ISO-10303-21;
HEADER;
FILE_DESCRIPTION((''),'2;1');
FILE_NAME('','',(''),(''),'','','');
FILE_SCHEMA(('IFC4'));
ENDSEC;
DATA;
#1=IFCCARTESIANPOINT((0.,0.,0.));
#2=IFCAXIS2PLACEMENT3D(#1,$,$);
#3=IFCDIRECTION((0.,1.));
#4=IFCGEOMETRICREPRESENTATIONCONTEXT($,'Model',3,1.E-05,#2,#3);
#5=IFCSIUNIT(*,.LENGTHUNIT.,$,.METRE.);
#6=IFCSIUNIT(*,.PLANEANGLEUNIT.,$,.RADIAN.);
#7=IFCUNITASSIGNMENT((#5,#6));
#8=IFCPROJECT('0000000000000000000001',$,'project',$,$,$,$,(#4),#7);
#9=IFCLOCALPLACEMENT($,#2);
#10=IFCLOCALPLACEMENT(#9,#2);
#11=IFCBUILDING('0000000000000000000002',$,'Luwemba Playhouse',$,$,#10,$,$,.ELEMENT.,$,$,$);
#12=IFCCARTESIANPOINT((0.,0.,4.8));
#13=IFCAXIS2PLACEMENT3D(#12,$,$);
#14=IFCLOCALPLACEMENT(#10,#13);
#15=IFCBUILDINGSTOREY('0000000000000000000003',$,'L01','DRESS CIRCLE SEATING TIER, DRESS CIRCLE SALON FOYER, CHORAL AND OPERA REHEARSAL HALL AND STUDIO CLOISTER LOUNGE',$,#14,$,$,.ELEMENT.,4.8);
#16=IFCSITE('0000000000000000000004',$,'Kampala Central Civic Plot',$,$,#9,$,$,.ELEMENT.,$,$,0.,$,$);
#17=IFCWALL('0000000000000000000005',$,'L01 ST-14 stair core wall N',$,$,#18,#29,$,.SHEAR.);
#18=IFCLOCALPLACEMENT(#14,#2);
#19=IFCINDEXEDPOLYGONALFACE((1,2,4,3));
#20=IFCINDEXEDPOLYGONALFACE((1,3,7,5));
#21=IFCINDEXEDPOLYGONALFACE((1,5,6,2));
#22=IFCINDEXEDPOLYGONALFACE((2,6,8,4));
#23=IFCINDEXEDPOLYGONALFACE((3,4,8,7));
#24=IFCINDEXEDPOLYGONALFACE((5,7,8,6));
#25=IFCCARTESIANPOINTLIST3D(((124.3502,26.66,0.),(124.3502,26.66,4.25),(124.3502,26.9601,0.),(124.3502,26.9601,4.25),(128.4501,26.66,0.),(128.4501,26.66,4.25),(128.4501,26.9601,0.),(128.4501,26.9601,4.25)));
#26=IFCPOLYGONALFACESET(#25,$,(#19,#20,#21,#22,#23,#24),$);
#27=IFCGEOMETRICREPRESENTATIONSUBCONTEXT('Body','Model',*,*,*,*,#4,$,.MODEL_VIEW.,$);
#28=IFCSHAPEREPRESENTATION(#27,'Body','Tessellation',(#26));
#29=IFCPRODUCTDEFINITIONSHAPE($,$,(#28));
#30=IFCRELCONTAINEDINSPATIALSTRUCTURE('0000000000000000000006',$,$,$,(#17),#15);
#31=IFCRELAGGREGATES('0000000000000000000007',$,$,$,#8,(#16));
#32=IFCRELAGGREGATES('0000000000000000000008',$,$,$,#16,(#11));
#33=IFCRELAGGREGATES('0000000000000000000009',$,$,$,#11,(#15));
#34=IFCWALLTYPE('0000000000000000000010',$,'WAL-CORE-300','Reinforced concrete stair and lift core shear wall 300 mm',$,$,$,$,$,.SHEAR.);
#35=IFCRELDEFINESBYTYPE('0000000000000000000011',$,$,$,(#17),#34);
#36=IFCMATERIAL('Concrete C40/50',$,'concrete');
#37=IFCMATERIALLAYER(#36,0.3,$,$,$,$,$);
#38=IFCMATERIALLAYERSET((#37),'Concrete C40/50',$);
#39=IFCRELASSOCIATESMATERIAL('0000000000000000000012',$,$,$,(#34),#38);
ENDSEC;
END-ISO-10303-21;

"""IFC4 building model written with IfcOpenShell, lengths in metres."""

from ifc_helpers import new_model, si_unit, direction, frame, frame_2d, origin, place, context, subcontext, project, spatial, rectangle, extrude, material, layer, layer_set, type_object, element, save


model = new_model("IFC4")

# Units and contexts
model_context = context("Model", 3, precision=1e-05, world=origin(), true_north=direction((0.0, 1.0)))
body_context = subcontext(model_context, "Body", "Model", "MODEL_VIEW")
ifc_project = project(units=[si_unit("LENGTHUNIT", "METRE"), si_unit("PLANEANGLEUNIT", "RADIAN")], contexts=[model_context])

# Site, building, storey
site_placement = place(None, origin())
site = spatial("IfcSite", under=ifc_project, at=site_placement, Name="Kampala Central Civic Plot", CompositionType="ELEMENT", RefElevation=0.0)
building_placement = place(site_placement, origin())
building = spatial("IfcBuilding", under=site, at=building_placement, Name="Luwemba Playhouse", CompositionType="ELEMENT")
storey_placement = place(building_placement, frame((0.0, 0.0, 4.8)))
storey = spatial("IfcBuildingStorey", under=building, at=storey_placement, Name="L01", Description="DRESS CIRCLE SEATING TIER, DRESS CIRCLE SALON FOYER, CHORAL AND OPERA REHEARSAL HALL AND STUDIO CLOISTER LOUNGE", CompositionType="ELEMENT", Elevation=4.8)

# Shared definitions
ifc_material_1 = material(Name="Concrete C40/50", Category="concrete")

# Wall
ifc_layer_1 = layer(ifc_material_1, 0.3)
ifc_layer_set_1 = layer_set([ifc_layer_1], Name="Concrete C40/50")
wall_type = type_object("IfcWallType", Name="WAL-CORE-300", Description="Reinforced concrete stair and lift core shear wall 300 mm", PredefinedType="SHEAR", material=ifc_layer_set_1)
wall_placement = place(storey_placement, frame((128.45, 26.8101, 0.0), z_axis=(0.0, 0.0, 1.0), x_axis=(-1.0, 0.0, 0.0)))
element("IfcWall", 1, at=wall_placement, inside=storey, type_object=wall_type, Name="L01 ST-14 stair core wall N", PredefinedType="SHEAR", context=body_context, shape_type="SweptSolid", body=[
    extrude(rectangle(XDim=4.0999, YDim=0.3, at=frame_2d((2.0498, 0.0))), origin(), (0.0, 0.0, 1.0), 4.25),
])

save(model, "model.ifc")
